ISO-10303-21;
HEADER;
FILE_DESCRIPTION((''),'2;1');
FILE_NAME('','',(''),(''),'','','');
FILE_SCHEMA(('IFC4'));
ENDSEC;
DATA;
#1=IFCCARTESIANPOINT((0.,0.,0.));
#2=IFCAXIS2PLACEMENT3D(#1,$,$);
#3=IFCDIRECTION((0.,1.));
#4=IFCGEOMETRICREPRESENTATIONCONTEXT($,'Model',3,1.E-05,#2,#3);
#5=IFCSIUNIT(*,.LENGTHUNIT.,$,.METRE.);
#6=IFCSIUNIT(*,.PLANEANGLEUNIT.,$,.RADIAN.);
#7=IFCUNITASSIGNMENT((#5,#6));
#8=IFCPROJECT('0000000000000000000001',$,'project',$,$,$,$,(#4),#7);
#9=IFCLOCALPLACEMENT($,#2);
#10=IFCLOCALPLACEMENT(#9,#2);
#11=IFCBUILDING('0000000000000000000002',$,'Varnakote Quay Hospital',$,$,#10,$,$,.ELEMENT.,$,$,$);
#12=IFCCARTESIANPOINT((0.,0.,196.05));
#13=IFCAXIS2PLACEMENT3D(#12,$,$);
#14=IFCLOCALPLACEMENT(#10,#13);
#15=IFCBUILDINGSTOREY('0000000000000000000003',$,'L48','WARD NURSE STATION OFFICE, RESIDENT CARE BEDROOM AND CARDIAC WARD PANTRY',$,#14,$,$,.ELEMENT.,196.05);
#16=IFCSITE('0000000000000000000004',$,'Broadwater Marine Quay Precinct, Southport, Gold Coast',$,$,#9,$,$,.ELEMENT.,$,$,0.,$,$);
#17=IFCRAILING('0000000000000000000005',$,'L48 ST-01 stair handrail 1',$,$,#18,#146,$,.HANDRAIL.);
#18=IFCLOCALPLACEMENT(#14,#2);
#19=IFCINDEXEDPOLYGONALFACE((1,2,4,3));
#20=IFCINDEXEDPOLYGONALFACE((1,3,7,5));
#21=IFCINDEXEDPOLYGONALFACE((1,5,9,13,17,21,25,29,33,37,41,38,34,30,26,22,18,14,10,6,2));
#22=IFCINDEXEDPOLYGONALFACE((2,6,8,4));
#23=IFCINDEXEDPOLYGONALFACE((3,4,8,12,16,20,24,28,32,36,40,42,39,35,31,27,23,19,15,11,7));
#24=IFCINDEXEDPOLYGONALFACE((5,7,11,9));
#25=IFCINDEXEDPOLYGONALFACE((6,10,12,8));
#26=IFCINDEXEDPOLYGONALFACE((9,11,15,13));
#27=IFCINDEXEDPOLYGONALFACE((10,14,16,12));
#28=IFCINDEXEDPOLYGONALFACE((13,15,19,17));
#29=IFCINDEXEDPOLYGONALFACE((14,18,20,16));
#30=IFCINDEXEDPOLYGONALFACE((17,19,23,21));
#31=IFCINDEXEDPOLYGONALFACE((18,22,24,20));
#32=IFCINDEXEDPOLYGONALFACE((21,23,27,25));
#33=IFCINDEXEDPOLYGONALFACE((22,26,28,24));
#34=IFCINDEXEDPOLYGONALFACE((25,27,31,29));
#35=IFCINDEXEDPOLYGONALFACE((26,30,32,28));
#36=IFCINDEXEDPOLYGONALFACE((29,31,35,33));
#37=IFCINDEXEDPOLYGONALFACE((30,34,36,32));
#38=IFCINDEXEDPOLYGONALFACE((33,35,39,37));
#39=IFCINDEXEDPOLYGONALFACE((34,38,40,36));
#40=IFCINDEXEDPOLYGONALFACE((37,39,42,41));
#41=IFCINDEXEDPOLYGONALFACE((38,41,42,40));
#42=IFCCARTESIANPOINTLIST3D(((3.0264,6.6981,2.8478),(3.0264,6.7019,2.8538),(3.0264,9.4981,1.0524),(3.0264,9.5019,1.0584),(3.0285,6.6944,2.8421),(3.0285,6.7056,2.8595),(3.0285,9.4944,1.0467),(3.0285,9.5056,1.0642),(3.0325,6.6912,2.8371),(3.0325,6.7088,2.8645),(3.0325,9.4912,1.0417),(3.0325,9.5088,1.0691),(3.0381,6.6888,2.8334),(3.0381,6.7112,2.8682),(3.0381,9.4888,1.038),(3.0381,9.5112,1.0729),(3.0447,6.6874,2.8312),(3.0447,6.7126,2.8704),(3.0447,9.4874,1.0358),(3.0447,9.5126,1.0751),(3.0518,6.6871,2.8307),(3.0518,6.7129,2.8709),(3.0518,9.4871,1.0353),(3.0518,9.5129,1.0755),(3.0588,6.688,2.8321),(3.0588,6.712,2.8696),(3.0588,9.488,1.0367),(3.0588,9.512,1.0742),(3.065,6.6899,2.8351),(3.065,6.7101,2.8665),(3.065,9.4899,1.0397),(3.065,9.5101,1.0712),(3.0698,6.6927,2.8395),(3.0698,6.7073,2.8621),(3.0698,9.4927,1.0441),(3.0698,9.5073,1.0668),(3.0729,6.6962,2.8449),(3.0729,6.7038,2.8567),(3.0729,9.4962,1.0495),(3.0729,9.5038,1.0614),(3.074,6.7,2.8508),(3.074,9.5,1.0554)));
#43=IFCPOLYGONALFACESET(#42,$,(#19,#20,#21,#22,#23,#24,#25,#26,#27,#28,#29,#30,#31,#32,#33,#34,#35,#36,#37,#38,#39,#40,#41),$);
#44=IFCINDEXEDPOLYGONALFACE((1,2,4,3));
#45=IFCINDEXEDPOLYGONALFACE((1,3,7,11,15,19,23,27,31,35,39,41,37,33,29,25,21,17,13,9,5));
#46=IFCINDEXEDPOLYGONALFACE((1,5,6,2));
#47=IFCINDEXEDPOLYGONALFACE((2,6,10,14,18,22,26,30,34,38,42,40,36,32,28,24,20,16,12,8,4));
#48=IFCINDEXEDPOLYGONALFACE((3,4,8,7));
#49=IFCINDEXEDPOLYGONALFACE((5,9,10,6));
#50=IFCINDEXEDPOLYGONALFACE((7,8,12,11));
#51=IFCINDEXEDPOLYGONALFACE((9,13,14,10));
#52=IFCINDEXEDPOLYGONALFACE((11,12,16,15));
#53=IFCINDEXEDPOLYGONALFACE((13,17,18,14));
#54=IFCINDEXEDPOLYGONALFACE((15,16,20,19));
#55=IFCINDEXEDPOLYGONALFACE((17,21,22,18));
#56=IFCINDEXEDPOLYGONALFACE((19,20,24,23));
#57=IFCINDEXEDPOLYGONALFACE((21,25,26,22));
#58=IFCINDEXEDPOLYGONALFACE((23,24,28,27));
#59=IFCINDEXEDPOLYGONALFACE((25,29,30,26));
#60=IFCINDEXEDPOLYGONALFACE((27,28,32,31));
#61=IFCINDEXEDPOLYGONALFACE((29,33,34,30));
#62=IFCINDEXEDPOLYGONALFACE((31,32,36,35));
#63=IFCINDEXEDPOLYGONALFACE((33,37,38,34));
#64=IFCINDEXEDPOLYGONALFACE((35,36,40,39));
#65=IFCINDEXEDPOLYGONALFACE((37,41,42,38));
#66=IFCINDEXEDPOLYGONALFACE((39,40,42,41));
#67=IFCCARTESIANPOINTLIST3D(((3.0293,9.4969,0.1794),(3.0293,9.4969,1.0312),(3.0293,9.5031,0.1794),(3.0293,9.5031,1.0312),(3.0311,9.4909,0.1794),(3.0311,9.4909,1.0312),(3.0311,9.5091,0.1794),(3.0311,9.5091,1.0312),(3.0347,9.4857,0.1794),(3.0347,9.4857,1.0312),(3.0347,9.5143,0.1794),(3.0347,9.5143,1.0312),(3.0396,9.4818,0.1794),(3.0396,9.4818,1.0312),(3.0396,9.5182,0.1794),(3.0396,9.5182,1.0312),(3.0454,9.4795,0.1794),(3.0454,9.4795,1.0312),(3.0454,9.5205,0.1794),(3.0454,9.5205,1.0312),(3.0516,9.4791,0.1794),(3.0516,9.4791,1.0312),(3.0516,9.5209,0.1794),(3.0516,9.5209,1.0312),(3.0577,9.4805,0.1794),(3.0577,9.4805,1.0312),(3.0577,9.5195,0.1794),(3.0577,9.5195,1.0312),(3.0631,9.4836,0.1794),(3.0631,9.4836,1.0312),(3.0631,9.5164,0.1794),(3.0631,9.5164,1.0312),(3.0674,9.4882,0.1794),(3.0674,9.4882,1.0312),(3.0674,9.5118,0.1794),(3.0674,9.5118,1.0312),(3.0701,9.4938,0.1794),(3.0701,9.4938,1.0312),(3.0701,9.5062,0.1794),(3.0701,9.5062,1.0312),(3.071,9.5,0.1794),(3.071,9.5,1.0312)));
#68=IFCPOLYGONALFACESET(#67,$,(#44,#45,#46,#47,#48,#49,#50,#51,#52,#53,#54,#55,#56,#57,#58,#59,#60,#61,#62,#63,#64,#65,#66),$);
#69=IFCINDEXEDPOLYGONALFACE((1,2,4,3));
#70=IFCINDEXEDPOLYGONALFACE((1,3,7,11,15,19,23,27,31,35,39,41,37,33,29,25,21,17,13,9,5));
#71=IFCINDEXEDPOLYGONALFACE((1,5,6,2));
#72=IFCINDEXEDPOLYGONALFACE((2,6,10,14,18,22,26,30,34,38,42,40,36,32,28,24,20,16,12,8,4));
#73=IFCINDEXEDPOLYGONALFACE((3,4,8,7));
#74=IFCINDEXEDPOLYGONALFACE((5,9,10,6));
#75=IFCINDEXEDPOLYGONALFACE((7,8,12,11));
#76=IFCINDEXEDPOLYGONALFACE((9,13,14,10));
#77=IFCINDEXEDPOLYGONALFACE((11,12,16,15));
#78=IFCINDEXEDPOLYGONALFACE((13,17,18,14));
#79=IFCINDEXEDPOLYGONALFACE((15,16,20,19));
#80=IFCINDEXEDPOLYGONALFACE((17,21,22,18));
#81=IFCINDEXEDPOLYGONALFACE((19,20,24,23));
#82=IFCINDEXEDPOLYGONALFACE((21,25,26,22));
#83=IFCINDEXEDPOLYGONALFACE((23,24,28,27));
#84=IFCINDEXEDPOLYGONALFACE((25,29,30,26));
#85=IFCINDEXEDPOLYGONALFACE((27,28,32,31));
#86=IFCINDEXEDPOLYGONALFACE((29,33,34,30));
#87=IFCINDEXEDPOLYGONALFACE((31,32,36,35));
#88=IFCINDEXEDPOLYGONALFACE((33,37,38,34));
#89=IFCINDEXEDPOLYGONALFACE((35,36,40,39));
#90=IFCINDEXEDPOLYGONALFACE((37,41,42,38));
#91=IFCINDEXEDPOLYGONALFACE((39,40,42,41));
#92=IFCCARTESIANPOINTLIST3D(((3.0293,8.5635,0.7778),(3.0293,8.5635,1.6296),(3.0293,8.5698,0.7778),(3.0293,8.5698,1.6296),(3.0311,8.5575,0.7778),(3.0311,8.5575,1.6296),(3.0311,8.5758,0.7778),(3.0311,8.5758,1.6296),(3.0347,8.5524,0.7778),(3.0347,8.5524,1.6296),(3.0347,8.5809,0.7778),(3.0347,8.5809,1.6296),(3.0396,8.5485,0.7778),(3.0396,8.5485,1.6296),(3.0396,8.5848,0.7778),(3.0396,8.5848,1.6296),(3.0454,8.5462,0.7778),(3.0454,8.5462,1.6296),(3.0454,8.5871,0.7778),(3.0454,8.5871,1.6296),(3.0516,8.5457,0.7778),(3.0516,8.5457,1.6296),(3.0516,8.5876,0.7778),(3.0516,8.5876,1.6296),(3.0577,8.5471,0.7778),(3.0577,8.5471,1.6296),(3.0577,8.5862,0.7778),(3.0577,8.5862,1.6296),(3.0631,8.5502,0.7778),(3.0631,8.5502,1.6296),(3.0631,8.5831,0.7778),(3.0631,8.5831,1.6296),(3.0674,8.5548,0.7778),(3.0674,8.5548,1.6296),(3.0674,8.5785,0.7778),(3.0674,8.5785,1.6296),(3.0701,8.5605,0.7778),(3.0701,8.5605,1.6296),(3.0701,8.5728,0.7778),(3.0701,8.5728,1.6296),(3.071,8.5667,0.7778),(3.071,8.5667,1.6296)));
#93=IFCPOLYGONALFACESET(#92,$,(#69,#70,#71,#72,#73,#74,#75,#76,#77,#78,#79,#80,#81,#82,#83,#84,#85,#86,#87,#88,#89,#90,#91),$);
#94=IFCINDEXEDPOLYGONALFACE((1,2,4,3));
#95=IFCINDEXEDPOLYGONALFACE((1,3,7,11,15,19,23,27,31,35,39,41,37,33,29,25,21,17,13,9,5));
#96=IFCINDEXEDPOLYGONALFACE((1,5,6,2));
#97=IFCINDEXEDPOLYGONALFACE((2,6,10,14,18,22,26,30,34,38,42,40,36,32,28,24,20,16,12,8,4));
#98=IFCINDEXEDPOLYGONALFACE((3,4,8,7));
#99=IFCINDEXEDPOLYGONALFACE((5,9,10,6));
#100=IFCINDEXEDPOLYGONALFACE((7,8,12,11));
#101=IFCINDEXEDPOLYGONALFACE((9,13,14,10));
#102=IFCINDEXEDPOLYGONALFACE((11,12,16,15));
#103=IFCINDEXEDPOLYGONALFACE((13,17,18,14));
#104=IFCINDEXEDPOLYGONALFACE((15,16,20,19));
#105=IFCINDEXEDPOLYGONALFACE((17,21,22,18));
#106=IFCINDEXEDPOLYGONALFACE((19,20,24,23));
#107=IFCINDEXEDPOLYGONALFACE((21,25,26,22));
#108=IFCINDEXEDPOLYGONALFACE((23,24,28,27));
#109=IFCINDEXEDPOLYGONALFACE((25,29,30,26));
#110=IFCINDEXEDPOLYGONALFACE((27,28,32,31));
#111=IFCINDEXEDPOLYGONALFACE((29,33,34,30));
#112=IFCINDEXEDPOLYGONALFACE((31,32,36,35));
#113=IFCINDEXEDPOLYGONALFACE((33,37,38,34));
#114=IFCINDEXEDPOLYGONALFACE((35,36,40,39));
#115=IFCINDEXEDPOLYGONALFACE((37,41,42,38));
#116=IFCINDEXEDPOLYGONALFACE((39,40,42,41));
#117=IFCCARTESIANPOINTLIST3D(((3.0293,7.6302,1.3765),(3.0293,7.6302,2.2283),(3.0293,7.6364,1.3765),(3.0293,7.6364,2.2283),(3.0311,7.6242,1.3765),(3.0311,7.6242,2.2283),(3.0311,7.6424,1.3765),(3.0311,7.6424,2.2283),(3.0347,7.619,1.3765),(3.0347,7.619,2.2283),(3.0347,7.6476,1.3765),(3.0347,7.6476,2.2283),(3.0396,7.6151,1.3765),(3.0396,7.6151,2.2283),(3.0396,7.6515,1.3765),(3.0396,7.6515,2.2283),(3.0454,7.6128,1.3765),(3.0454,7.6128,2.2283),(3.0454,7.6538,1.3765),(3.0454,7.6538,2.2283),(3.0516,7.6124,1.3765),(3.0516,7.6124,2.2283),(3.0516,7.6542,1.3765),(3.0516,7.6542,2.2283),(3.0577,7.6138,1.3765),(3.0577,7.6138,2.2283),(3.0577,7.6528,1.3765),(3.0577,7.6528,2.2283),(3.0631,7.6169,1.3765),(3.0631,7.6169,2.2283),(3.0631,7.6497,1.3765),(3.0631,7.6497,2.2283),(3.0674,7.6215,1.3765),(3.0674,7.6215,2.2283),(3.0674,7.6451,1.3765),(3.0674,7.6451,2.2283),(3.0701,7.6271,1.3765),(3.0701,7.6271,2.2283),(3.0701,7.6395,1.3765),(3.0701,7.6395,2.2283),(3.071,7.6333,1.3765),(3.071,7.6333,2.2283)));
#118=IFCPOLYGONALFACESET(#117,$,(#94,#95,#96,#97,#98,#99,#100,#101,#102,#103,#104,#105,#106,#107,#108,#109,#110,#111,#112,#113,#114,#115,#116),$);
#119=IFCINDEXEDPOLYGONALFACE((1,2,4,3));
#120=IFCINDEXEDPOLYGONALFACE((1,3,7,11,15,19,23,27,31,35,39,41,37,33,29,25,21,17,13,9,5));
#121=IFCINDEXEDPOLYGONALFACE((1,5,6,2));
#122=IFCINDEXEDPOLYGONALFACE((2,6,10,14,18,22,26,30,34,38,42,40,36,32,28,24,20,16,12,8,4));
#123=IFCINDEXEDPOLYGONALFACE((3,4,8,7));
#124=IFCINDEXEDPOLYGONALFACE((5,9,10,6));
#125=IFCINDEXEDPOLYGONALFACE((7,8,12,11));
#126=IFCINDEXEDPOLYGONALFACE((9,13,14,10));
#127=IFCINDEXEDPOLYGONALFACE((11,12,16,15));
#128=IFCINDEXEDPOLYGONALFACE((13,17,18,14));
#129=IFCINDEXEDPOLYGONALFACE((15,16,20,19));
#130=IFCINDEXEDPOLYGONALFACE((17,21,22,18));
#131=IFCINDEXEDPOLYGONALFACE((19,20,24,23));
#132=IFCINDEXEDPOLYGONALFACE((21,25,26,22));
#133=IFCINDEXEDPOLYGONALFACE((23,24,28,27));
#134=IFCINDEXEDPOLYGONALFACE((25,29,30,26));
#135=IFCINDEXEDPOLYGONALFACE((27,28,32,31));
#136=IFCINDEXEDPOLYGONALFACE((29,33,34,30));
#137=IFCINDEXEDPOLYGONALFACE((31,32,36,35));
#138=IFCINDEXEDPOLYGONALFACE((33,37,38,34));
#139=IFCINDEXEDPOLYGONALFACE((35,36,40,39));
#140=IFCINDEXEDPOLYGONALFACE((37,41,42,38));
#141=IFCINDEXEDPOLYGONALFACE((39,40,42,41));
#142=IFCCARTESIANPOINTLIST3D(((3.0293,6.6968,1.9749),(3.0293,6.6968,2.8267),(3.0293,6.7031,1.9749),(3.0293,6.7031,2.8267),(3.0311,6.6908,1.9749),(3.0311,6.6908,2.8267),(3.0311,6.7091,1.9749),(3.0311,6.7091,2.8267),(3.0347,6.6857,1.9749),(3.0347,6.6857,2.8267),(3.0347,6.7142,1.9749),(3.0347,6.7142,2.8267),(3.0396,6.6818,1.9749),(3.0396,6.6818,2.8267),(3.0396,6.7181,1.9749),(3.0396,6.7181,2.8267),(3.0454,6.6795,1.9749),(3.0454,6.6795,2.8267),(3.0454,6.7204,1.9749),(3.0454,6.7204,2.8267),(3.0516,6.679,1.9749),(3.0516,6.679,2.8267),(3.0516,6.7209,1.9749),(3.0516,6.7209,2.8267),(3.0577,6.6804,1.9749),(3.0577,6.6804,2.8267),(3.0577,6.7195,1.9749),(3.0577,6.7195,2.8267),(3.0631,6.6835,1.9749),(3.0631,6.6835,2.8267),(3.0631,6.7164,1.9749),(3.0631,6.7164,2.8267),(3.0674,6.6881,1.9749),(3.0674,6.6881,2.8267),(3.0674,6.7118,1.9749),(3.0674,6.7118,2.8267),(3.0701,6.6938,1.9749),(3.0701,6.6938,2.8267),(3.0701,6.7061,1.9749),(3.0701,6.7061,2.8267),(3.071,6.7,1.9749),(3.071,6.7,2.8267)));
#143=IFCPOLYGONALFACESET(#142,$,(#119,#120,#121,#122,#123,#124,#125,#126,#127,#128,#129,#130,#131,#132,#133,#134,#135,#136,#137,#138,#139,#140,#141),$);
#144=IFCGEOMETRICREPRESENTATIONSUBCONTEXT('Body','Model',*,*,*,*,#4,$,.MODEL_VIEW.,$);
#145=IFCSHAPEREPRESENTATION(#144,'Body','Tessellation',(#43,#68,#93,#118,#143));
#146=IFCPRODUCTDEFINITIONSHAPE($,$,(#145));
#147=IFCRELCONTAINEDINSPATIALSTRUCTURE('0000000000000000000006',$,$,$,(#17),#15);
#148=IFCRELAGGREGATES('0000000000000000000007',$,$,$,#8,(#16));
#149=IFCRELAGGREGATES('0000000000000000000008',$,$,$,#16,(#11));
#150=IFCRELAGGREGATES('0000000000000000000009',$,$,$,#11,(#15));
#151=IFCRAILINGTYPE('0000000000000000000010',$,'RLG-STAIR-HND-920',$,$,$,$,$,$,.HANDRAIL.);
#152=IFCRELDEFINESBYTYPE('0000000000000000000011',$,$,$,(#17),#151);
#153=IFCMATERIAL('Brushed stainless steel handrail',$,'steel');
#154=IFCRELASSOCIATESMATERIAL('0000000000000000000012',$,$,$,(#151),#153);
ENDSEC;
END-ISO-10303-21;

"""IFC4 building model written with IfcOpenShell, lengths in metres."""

from ifc_helpers import new_model, si_unit, direction, frame, origin, origin_2d, place, context, subcontext, project, spatial, circle, extrude, material, type_object, element, save


model = new_model("IFC4")

# Units and contexts
model_context = context("Model", 3, precision=1e-05, world=origin(), true_north=direction((0.0, 1.0)))
body_context = subcontext(model_context, "Body", "Model", "MODEL_VIEW")
ifc_project = project(units=[si_unit("LENGTHUNIT", "METRE"), si_unit("PLANEANGLEUNIT", "RADIAN")], contexts=[model_context])

# Site, building, storey
site_placement = place(None, origin())
site = spatial("IfcSite", under=ifc_project, at=site_placement, Name="Broadwater Marine Quay Precinct, Southport, Gold Coast", CompositionType="ELEMENT", RefElevation=0.0)
building_placement = place(site_placement, origin())
building = spatial("IfcBuilding", under=site, at=building_placement, Name="Varnakote Quay Hospital", CompositionType="ELEMENT")
storey_placement = place(building_placement, frame((0.0, 0.0, 196.05)))
storey = spatial("IfcBuildingStorey", under=building, at=storey_placement, Name="L48", Description="WARD NURSE STATION OFFICE, RESIDENT CARE BEDROOM AND CARDIAC WARD PANTRY", CompositionType="ELEMENT", Elevation=196.05)

# Railing
ifc_material_1 = material(Name="Brushed stainless steel handrail", Category="steel")
railing_type_1 = type_object("IfcRailingType", Name="RLG-STAIR-HND-920", PredefinedType="HANDRAIL", material=ifc_material_1)
railing_1_placement = place(storey_placement, frame((3.05, 9.5, 0.1794)))
element("IfcRailing", 1, at=railing_1_placement, inside=storey, type_object=railing_type_1, Name="L48 ST-01 stair handrail 1", PredefinedType="HANDRAIL", context=body_context, shape_type="SweptSolid", body=[
    extrude(circle(Radius=0.0239, at=origin_2d()), frame((0.0, 0.0, 0.876), z_axis=(0.0, -0.84181, 0.539774), x_axis=(1.0, 0.0, 0.0)), (0.0, 0.0, 1.0), 3.3262),
    extrude(circle(Radius=0.021, at=origin_2d()), origin(), (0.0, 0.0, 1.0), 0.8518),
    extrude(circle(Radius=0.021, at=origin_2d()), frame((0.0, -0.9333, 0.5984)), (0.0, 0.0, 1.0), 0.8518),
    extrude(circle(Radius=0.021, at=origin_2d()), frame((0.0, -1.8667, 1.197)), (0.0, 0.0, 1.0), 0.8518),
    extrude(circle(Radius=0.021, at=origin_2d()), frame((0.0, -2.8, 1.7954)), (0.0, 0.0, 1.0), 0.8518),
])

save(model, "model.ifc")
